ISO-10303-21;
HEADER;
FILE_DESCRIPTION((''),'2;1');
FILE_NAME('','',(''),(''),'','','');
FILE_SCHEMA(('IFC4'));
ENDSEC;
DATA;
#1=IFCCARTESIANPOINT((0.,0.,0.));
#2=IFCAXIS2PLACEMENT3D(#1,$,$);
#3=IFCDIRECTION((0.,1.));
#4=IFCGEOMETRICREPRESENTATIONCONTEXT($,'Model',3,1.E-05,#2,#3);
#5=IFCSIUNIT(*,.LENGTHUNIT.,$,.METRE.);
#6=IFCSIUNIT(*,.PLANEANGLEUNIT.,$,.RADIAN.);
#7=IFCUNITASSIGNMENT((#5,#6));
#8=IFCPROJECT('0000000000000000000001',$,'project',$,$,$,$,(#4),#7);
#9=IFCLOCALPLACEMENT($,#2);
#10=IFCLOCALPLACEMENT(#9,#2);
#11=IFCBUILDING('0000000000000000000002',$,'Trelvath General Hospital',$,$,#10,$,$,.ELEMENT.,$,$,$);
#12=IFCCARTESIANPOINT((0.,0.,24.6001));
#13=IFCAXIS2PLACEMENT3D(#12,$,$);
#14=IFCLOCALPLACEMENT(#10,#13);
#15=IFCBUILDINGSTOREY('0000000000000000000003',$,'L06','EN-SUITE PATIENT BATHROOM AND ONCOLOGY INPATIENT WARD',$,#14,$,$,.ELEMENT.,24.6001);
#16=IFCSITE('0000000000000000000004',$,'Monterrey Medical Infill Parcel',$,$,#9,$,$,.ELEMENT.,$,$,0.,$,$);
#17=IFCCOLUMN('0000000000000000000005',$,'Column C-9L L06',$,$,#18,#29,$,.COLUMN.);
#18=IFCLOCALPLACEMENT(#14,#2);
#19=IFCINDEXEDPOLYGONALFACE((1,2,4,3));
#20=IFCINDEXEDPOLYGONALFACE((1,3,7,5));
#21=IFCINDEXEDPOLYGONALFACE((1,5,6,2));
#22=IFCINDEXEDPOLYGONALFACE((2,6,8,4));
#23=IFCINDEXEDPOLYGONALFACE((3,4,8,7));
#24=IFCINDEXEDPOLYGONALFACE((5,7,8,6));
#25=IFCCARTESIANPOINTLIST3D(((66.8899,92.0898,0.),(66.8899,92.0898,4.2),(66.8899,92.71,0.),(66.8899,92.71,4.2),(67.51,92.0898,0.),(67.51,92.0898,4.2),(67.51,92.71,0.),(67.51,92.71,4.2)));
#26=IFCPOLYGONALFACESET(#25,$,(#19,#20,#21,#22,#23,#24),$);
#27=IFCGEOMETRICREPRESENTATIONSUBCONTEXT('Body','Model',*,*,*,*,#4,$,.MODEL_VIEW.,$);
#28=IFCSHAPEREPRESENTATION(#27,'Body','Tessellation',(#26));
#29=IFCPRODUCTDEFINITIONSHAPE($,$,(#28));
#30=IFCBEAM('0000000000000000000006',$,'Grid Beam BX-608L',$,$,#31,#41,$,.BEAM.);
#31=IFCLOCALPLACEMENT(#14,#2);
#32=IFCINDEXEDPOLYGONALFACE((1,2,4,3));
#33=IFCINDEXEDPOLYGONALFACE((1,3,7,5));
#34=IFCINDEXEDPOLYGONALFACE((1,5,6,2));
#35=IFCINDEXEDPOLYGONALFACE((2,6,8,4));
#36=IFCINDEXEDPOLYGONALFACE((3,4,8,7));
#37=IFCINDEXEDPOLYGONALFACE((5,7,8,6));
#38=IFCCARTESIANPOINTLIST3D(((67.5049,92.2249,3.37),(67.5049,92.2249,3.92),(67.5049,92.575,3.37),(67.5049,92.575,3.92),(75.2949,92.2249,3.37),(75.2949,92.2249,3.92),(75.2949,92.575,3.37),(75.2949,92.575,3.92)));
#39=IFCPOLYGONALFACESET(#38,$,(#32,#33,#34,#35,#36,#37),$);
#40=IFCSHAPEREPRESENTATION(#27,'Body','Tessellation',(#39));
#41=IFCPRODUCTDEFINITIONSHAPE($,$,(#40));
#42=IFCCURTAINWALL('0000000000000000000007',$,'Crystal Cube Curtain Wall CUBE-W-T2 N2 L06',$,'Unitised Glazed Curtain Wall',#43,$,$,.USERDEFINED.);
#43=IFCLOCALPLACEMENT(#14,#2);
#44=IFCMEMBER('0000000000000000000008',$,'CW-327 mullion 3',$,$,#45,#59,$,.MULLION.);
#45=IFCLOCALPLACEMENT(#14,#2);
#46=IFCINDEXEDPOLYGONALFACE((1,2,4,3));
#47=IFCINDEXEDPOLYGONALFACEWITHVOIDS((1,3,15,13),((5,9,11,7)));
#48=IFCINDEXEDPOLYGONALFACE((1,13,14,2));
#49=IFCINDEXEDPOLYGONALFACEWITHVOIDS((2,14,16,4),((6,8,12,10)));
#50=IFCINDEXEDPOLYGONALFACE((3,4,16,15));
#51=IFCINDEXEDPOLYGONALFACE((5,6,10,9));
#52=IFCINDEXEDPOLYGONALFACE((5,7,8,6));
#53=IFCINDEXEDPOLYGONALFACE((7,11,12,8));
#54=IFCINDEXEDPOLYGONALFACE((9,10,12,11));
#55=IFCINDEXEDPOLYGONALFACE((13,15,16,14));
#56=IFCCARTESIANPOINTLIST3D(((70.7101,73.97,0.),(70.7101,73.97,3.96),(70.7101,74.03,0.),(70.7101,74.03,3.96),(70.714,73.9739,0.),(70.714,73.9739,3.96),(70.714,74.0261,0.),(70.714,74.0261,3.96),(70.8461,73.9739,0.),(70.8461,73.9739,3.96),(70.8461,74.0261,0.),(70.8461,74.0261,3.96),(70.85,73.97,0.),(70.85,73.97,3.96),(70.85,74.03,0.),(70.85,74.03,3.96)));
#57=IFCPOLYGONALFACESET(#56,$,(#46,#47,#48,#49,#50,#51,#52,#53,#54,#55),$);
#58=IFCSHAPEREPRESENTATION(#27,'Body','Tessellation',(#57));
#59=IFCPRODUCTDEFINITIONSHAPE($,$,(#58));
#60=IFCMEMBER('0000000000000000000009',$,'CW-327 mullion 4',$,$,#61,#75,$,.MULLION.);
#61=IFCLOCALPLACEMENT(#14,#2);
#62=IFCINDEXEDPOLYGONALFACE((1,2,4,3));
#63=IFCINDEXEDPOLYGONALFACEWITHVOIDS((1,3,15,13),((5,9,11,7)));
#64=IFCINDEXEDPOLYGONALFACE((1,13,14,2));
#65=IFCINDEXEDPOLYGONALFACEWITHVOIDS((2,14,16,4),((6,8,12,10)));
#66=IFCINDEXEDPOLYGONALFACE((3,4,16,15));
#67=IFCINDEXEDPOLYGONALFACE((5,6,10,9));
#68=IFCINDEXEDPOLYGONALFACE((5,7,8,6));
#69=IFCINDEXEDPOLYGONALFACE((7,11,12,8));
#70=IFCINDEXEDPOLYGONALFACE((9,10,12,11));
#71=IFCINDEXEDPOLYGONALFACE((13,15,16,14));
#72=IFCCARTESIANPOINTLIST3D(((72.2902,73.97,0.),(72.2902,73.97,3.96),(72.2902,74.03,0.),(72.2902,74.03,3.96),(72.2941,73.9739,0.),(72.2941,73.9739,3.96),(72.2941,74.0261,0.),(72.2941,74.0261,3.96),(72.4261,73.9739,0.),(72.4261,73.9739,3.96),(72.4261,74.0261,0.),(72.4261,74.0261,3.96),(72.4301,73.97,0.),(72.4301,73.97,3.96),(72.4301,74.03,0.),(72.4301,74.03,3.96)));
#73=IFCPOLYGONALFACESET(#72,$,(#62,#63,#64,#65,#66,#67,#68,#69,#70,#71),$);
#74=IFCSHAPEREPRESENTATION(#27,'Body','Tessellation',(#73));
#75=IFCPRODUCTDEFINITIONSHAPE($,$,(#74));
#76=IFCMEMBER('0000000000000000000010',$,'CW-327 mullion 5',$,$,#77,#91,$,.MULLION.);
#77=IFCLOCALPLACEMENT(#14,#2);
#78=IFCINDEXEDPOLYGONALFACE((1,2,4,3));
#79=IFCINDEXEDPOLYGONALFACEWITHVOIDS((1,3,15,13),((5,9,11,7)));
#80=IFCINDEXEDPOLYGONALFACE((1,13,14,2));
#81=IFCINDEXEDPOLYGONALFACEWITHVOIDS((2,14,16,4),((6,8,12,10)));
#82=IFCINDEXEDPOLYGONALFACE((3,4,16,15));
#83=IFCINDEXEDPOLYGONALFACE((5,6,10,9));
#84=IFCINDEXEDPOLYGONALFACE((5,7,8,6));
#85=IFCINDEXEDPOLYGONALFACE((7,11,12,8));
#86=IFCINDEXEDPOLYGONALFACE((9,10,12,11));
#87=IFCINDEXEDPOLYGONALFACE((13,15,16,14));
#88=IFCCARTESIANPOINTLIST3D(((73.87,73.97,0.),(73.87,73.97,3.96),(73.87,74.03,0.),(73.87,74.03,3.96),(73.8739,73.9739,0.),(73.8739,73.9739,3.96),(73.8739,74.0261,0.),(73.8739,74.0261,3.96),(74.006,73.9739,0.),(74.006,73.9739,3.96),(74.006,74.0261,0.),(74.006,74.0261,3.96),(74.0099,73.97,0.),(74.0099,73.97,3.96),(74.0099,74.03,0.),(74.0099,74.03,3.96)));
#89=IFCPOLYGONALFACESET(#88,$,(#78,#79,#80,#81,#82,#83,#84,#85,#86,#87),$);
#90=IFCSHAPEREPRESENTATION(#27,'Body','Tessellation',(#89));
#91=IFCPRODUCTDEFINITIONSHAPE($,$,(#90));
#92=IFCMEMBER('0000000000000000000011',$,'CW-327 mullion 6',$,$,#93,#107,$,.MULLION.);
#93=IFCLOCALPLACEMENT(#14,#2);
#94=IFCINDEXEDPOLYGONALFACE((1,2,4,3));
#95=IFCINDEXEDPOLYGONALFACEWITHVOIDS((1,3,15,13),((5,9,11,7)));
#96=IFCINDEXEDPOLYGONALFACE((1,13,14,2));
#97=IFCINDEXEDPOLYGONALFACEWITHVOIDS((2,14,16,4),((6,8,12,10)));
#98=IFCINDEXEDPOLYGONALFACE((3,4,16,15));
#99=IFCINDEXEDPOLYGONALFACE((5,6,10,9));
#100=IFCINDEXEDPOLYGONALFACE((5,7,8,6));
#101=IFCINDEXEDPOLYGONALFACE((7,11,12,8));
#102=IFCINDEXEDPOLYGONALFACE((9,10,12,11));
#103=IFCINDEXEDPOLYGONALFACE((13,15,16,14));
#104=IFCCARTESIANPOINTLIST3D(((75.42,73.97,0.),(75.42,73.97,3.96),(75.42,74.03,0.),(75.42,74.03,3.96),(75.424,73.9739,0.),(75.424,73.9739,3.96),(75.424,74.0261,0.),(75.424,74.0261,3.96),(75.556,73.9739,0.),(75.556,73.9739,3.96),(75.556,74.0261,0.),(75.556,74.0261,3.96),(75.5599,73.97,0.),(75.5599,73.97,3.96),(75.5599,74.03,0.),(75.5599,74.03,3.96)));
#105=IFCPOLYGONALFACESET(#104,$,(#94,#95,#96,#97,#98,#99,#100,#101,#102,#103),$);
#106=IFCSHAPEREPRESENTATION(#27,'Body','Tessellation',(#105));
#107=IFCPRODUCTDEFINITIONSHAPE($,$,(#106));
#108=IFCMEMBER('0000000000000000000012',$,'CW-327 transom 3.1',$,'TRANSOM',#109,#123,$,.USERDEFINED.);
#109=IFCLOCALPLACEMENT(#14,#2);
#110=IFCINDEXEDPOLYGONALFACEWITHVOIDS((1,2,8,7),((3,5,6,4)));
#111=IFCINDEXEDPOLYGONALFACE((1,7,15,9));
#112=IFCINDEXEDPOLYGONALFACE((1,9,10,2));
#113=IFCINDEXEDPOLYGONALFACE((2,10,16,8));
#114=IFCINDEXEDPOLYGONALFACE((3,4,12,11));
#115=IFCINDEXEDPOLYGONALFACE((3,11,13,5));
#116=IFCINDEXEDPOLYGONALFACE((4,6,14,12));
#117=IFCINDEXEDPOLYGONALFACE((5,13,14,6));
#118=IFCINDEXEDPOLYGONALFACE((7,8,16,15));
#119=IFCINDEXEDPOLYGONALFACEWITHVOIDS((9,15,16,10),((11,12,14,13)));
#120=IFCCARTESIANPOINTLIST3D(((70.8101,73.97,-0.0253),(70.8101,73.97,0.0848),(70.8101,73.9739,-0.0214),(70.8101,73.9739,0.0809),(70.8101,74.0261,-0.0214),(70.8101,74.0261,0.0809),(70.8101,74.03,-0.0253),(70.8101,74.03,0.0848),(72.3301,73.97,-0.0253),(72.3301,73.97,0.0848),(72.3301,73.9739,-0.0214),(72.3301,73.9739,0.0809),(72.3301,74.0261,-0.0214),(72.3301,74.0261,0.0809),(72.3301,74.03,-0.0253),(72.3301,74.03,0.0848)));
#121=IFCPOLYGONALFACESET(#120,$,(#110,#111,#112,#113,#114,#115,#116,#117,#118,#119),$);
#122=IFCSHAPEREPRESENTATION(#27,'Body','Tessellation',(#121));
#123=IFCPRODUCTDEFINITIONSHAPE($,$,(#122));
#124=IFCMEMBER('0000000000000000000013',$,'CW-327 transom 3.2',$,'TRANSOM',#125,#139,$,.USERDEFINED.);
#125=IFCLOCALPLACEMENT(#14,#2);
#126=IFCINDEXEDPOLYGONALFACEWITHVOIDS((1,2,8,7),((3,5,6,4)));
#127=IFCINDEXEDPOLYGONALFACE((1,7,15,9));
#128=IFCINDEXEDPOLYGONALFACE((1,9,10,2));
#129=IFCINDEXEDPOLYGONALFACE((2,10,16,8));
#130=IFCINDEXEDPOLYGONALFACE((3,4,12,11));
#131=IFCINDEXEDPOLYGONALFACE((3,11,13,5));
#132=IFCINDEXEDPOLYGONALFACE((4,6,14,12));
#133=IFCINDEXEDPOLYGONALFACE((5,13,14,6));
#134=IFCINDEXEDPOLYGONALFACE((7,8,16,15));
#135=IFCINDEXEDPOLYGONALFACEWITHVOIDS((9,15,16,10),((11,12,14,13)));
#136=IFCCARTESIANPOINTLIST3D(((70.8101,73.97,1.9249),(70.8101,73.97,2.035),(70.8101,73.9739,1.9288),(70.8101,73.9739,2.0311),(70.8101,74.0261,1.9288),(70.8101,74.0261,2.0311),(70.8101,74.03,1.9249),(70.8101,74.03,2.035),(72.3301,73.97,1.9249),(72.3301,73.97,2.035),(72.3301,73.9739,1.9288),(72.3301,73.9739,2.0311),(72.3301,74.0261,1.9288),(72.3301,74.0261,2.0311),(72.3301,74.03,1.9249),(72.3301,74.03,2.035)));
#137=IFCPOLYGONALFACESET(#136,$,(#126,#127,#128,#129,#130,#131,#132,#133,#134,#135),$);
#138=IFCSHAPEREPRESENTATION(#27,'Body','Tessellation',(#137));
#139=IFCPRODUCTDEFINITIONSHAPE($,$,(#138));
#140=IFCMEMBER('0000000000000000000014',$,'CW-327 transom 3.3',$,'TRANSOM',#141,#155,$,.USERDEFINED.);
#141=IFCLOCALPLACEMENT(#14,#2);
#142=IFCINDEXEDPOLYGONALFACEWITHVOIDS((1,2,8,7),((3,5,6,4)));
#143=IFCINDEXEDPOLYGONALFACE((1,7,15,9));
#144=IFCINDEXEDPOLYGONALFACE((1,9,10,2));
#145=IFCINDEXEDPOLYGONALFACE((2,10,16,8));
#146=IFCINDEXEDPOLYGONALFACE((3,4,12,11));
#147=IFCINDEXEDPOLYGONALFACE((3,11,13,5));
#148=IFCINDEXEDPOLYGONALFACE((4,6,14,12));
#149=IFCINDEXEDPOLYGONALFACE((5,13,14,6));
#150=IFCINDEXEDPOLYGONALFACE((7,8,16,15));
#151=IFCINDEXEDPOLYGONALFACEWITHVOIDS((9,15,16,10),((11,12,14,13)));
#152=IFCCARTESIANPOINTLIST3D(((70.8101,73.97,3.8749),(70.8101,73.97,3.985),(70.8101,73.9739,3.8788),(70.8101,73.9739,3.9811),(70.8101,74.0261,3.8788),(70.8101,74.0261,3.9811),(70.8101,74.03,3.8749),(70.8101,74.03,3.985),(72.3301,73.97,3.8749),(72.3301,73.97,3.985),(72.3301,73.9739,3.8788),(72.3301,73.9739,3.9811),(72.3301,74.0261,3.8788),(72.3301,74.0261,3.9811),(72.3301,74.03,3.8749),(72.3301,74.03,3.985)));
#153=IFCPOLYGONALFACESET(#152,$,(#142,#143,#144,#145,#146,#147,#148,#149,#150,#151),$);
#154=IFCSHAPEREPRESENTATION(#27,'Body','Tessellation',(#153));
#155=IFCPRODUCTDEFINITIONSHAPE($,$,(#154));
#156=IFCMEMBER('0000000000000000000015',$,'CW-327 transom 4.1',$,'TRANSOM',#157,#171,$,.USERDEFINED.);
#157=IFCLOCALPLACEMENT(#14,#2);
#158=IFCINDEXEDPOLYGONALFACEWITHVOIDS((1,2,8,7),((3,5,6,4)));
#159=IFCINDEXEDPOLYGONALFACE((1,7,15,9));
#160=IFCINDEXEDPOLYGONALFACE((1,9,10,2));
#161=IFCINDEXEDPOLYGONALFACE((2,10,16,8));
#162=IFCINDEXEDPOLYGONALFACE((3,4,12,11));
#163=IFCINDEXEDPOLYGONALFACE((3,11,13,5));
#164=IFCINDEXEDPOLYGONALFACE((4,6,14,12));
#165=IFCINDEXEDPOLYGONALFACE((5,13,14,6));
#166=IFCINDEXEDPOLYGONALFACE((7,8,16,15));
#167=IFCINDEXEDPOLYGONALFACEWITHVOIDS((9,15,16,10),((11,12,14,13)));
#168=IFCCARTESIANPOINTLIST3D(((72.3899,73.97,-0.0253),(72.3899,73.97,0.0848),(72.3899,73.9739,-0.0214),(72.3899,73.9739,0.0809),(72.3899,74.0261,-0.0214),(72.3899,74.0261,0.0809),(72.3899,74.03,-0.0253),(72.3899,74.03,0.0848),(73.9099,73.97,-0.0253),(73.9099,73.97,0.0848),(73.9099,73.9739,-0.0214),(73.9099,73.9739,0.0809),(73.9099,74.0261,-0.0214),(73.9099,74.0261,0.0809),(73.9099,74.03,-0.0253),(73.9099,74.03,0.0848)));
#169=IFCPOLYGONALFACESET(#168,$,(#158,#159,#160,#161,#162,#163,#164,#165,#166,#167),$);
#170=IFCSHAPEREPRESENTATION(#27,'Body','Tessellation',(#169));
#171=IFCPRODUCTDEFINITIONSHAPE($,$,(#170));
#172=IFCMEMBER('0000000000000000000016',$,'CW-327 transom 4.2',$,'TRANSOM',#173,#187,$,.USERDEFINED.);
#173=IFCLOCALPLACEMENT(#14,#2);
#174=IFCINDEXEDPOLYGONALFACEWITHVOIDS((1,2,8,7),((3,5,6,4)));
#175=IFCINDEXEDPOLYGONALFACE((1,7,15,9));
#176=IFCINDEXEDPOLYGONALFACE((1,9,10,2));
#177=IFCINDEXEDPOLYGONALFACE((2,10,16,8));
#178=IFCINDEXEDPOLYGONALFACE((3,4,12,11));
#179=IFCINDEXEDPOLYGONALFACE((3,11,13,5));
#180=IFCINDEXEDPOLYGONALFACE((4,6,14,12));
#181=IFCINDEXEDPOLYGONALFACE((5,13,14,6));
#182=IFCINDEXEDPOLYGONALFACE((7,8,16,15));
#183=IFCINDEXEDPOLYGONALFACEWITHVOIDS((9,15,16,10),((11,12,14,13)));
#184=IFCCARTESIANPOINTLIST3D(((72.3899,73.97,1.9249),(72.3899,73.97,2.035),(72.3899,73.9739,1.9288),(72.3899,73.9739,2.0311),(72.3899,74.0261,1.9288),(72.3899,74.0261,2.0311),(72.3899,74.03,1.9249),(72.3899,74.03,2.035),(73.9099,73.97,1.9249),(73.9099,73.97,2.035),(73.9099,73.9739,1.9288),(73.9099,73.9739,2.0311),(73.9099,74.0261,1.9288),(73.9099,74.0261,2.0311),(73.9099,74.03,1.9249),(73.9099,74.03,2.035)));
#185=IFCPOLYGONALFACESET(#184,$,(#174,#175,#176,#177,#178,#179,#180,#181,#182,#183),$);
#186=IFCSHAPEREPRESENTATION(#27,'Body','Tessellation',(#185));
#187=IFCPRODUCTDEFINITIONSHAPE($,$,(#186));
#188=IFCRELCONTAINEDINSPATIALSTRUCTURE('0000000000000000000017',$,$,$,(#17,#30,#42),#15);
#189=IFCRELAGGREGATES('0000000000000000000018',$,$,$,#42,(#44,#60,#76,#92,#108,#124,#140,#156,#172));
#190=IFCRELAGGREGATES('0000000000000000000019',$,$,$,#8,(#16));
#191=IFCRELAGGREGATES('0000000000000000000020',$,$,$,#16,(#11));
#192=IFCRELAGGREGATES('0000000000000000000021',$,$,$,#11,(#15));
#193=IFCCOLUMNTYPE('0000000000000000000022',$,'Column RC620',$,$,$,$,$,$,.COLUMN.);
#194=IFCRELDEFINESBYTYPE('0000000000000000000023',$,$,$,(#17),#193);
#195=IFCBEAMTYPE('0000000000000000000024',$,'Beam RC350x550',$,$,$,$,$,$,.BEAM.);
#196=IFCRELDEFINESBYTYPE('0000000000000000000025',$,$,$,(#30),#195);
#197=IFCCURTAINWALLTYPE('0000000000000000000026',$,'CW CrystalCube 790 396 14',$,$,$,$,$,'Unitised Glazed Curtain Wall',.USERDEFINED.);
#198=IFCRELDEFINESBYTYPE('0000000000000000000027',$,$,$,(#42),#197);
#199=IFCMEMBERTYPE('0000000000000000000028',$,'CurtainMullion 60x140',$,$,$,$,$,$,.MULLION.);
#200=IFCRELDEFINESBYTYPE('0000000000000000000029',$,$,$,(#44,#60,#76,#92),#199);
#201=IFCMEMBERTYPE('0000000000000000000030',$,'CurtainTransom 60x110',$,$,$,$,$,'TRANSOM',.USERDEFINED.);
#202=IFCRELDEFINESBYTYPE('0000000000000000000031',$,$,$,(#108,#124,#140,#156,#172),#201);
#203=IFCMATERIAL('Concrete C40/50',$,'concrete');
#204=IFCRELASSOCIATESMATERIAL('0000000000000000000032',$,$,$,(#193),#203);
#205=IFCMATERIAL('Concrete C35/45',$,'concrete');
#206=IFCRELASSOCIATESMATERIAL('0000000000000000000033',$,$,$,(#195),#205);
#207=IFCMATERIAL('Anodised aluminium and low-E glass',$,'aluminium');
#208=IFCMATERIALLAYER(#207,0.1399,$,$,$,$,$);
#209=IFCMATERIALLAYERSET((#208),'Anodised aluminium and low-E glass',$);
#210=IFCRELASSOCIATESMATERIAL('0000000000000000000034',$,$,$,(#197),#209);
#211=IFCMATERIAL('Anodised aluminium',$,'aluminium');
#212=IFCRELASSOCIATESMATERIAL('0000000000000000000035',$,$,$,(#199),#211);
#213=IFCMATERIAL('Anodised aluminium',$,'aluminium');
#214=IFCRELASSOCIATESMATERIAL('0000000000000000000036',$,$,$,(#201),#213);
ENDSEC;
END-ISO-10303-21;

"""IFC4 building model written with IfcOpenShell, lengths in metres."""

from ifc_helpers import new_model, si_unit, direction, frame, origin, origin_2d, place, context, subcontext, project, spatial, rectangle, hollow_rectangle, extrude, material, layer, layer_set, material_profile, profile_set, type_object, element, aggregate, save


model = new_model("IFC4")

# Units and contexts
model_context = context("Model", 3, precision=1e-05, world=origin(), true_north=direction((0.0, 1.0)))
body_context = subcontext(model_context, "Body", "Model", "MODEL_VIEW")
ifc_project = project(units=[si_unit("LENGTHUNIT", "METRE"), si_unit("PLANEANGLEUNIT", "RADIAN")], contexts=[model_context])

# Site, building, storey
site_placement = place(None, origin())
site = spatial("IfcSite", under=ifc_project, at=site_placement, Name="Monterrey Medical Infill Parcel", CompositionType="ELEMENT", RefElevation=0.0)
building_placement = place(site_placement, origin())
building = spatial("IfcBuilding", under=site, at=building_placement, Name="Trelvath General Hospital", CompositionType="ELEMENT")
storey_placement = place(building_placement, frame((0.0, 0.0, 24.6001)))
storey = spatial("IfcBuildingStorey", under=building, at=storey_placement, Name="L06", Description="EN-SUITE PATIENT BATHROOM AND ONCOLOGY INPATIENT WARD", CompositionType="ELEMENT", Elevation=24.6001)

# Column
ifc_material_1 = material(Name="Concrete C40/50", Category="concrete")
ifc_material_profile_1 = material_profile(ifc_material_1, rectangle(XDim=0.6201, YDim=0.6201, at=origin_2d()), Name="RC620x620")
ifc_profile_set_1 = profile_set([ifc_material_profile_1], Name="Concrete C40/50")
column_type = type_object("IfcColumnType", Name="Column RC620", PredefinedType="COLUMN", material=ifc_profile_set_1)
column_placement = place(storey_placement, frame((67.2, 92.3999, 0.0), z_axis=(0.0, 0.0, 1.0), x_axis=(1.0, 0.0, 0.0)))
element("IfcColumn", 1, at=column_placement, inside=storey, type_object=column_type, Name="Column C-9L L06", PredefinedType="COLUMN", context=body_context, shape_type="SweptSolid", body=[
    extrude(rectangle(XDim=0.6201, YDim=0.6201, at=origin_2d()), origin(), (0.0, 0.0, 1.0), 4.2),
])

# Beam
ifc_material_2 = material(Name="Concrete C35/45", Category="concrete")
ifc_material_profile_2 = material_profile(ifc_material_2, rectangle(XDim=0.3501, YDim=0.55, at=origin_2d()), Name="RCB350x550")
ifc_profile_set_2 = profile_set([ifc_material_profile_2], Name="Concrete C35/45")
beam_type_1 = type_object("IfcBeamType", Name="Beam RC350x550", PredefinedType="BEAM", material=ifc_profile_set_2)
beam_1_placement = place(storey_placement, frame((67.5049, 92.3999, 3.645), z_axis=(1.0, 0.0, 0.0), x_axis=(0.0, 1.0, 0.0)))
element("IfcBeam", 2, at=beam_1_placement, inside=storey, type_object=beam_type_1, Name="Grid Beam BX-608L", PredefinedType="BEAM", context=body_context, shape_type="SweptSolid", body=[
    extrude(rectangle(XDim=0.3501, YDim=0.55, at=origin_2d()), origin(), (0.0, 0.0, 1.0), 7.79),
])

# Curtain wall, members
ifc_material_3 = material(Name="Anodised aluminium and low-E glass", Category="aluminium")
ifc_layer_1 = layer(ifc_material_3, 0.1399)
ifc_layer_set_1 = layer_set([ifc_layer_1], Name="Anodised aluminium and low-E glass")
curtain_wall_type = type_object("IfcCurtainWallType", Name="CW CrystalCube 790 396 14", ElementType="Unitised Glazed Curtain Wall", PredefinedType="USERDEFINED", material=ifc_layer_set_1)
curtain_wall_placement = place(storey_placement, origin())
curtain_wall = element("IfcCurtainWall", 3, at=curtain_wall_placement, inside=storey, type_object=curtain_wall_type, Name="Crystal Cube Curtain Wall CUBE-W-T2 N2 L06", ObjectType="Unitised Glazed Curtain Wall", PredefinedType="USERDEFINED")
ifc_material_4 = material(Name="Anodised aluminium", Category="aluminium")
ifc_material_profile_3 = material_profile(ifc_material_4, hollow_rectangle(XDim=0.0601, YDim=0.1399, WallThickness=0.0039, at=origin_2d()), Name="RHS60x140x4")
ifc_profile_set_3 = profile_set([ifc_material_profile_3], Name="Anodised aluminium")
member_type_1 = type_object("IfcMemberType", Name="CurtainMullion 60x140", PredefinedType="MULLION", material=ifc_profile_set_3)
member_1_placement = place(storey_placement, frame((70.78, 74.0, 0.0), z_axis=(0.0, 0.0, 1.0), x_axis=(0.0, 1.0, 0.0)))
member_1 = element("IfcMember", 4, at=member_1_placement, type_object=member_type_1, Name="CW-327 mullion 3", PredefinedType="MULLION", context=body_context, shape_type="SweptSolid", body=[
    extrude(hollow_rectangle(XDim=0.0601, YDim=0.1399, WallThickness=0.0039, at=origin_2d()), origin(), (0.0, 0.0, 1.0), 3.96),
])
member_2_placement = place(storey_placement, frame((72.3601, 74.0, 0.0), z_axis=(0.0, 0.0, 1.0), x_axis=(0.0, 1.0, 0.0)))
member_2 = element("IfcMember", 5, at=member_2_placement, type_object=member_type_1, Name="CW-327 mullion 4", PredefinedType="MULLION", context=body_context, shape_type="SweptSolid", body=[
    extrude(hollow_rectangle(XDim=0.0601, YDim=0.1399, WallThickness=0.0039, at=origin_2d()), origin(), (0.0, 0.0, 1.0), 3.96),
])
member_3_placement = place(storey_placement, frame((73.9399, 74.0, 0.0), z_axis=(0.0, 0.0, 1.0), x_axis=(0.0, 1.0, 0.0)))
member_3 = element("IfcMember", 6, at=member_3_placement, type_object=member_type_1, Name="CW-327 mullion 5", PredefinedType="MULLION", context=body_context, shape_type="SweptSolid", body=[
    extrude(hollow_rectangle(XDim=0.0601, YDim=0.1399, WallThickness=0.0039, at=origin_2d()), origin(), (0.0, 0.0, 1.0), 3.96),
])
member_4_placement = place(storey_placement, frame((75.49, 74.0, 0.0), z_axis=(0.0, 0.0, 1.0), x_axis=(0.0, 1.0, 0.0)))
member_4 = element("IfcMember", 7, at=member_4_placement, type_object=member_type_1, Name="CW-327 mullion 6", PredefinedType="MULLION", context=body_context, shape_type="SweptSolid", body=[
    extrude(hollow_rectangle(XDim=0.0601, YDim=0.1399, WallThickness=0.0039, at=origin_2d()), origin(), (0.0, 0.0, 1.0), 3.96),
])
ifc_material_5 = material(Name="Anodised aluminium", Category="aluminium")
ifc_material_profile_4 = material_profile(ifc_material_5, hollow_rectangle(XDim=0.0601, YDim=0.1101, WallThickness=0.0039, at=origin_2d()), Name="RHS60x110x4")
ifc_profile_set_4 = profile_set([ifc_material_profile_4], Name="Anodised aluminium")
member_type_2 = type_object("IfcMemberType", Name="CurtainTransom 60x110", ElementType="TRANSOM", PredefinedType="USERDEFINED", material=ifc_profile_set_4)
member_5_placement = place(storey_placement, frame((70.8101, 74.0, 0.0298), z_axis=(1.0, 0.0, 0.0), x_axis=(0.0, 1.0, 0.0)))
member_5 = element("IfcMember", 8, at=member_5_placement, type_object=member_type_2, Name="CW-327 transom 3.1", ObjectType="TRANSOM", PredefinedType="USERDEFINED", context=body_context, shape_type="SweptSolid", body=[
    extrude(hollow_rectangle(XDim=0.0601, YDim=0.1101, WallThickness=0.0039, at=origin_2d()), origin(), (0.0, 0.0, 1.0), 1.52),
])
member_6_placement = place(storey_placement, frame((70.8101, 74.0, 1.98), z_axis=(1.0, 0.0, 0.0), x_axis=(0.0, 1.0, 0.0)))
member_6 = element("IfcMember", 9, at=member_6_placement, type_object=member_type_2, Name="CW-327 transom 3.2", ObjectType="TRANSOM", PredefinedType="USERDEFINED", context=body_context, shape_type="SweptSolid", body=[
    extrude(hollow_rectangle(XDim=0.0601, YDim=0.1101, WallThickness=0.0039, at=origin_2d()), origin(), (0.0, 0.0, 1.0), 1.52),
])
member_7_placement = place(storey_placement, frame((70.8101, 74.0, 3.9299), z_axis=(1.0, 0.0, 0.0), x_axis=(0.0, 1.0, 0.0)))
member_7 = element("IfcMember", 10, at=member_7_placement, type_object=member_type_2, Name="CW-327 transom 3.3", ObjectType="TRANSOM", PredefinedType="USERDEFINED", context=body_context, shape_type="SweptSolid", body=[
    extrude(hollow_rectangle(XDim=0.0601, YDim=0.1101, WallThickness=0.0039, at=origin_2d()), origin(), (0.0, 0.0, 1.0), 1.52),
])
member_8_placement = place(storey_placement, frame((72.3899, 74.0, 0.0298), z_axis=(1.0, 0.0, 0.0), x_axis=(0.0, 1.0, 0.0)))
member_8 = element("IfcMember", 11, at=member_8_placement, type_object=member_type_2, Name="CW-327 transom 4.1", ObjectType="TRANSOM", PredefinedType="USERDEFINED", context=body_context, shape_type="SweptSolid", body=[
    extrude(hollow_rectangle(XDim=0.0601, YDim=0.1101, WallThickness=0.0039, at=origin_2d()), origin(), (0.0, 0.0, 1.0), 1.52),
])
member_9_placement = place(storey_placement, frame((72.3899, 74.0, 1.98), z_axis=(1.0, 0.0, 0.0), x_axis=(0.0, 1.0, 0.0)))
member_9 = element("IfcMember", 12, at=member_9_placement, type_object=member_type_2, Name="CW-327 transom 4.2", ObjectType="TRANSOM", PredefinedType="USERDEFINED", context=body_context, shape_type="SweptSolid", body=[
    extrude(hollow_rectangle(XDim=0.0601, YDim=0.1101, WallThickness=0.0039, at=origin_2d()), origin(), (0.0, 0.0, 1.0), 1.52),
])

aggregate(curtain_wall, [member_1, member_2, member_3, member_4, member_5, member_6, member_7, member_8, member_9])

save(model, "model.ifc")
